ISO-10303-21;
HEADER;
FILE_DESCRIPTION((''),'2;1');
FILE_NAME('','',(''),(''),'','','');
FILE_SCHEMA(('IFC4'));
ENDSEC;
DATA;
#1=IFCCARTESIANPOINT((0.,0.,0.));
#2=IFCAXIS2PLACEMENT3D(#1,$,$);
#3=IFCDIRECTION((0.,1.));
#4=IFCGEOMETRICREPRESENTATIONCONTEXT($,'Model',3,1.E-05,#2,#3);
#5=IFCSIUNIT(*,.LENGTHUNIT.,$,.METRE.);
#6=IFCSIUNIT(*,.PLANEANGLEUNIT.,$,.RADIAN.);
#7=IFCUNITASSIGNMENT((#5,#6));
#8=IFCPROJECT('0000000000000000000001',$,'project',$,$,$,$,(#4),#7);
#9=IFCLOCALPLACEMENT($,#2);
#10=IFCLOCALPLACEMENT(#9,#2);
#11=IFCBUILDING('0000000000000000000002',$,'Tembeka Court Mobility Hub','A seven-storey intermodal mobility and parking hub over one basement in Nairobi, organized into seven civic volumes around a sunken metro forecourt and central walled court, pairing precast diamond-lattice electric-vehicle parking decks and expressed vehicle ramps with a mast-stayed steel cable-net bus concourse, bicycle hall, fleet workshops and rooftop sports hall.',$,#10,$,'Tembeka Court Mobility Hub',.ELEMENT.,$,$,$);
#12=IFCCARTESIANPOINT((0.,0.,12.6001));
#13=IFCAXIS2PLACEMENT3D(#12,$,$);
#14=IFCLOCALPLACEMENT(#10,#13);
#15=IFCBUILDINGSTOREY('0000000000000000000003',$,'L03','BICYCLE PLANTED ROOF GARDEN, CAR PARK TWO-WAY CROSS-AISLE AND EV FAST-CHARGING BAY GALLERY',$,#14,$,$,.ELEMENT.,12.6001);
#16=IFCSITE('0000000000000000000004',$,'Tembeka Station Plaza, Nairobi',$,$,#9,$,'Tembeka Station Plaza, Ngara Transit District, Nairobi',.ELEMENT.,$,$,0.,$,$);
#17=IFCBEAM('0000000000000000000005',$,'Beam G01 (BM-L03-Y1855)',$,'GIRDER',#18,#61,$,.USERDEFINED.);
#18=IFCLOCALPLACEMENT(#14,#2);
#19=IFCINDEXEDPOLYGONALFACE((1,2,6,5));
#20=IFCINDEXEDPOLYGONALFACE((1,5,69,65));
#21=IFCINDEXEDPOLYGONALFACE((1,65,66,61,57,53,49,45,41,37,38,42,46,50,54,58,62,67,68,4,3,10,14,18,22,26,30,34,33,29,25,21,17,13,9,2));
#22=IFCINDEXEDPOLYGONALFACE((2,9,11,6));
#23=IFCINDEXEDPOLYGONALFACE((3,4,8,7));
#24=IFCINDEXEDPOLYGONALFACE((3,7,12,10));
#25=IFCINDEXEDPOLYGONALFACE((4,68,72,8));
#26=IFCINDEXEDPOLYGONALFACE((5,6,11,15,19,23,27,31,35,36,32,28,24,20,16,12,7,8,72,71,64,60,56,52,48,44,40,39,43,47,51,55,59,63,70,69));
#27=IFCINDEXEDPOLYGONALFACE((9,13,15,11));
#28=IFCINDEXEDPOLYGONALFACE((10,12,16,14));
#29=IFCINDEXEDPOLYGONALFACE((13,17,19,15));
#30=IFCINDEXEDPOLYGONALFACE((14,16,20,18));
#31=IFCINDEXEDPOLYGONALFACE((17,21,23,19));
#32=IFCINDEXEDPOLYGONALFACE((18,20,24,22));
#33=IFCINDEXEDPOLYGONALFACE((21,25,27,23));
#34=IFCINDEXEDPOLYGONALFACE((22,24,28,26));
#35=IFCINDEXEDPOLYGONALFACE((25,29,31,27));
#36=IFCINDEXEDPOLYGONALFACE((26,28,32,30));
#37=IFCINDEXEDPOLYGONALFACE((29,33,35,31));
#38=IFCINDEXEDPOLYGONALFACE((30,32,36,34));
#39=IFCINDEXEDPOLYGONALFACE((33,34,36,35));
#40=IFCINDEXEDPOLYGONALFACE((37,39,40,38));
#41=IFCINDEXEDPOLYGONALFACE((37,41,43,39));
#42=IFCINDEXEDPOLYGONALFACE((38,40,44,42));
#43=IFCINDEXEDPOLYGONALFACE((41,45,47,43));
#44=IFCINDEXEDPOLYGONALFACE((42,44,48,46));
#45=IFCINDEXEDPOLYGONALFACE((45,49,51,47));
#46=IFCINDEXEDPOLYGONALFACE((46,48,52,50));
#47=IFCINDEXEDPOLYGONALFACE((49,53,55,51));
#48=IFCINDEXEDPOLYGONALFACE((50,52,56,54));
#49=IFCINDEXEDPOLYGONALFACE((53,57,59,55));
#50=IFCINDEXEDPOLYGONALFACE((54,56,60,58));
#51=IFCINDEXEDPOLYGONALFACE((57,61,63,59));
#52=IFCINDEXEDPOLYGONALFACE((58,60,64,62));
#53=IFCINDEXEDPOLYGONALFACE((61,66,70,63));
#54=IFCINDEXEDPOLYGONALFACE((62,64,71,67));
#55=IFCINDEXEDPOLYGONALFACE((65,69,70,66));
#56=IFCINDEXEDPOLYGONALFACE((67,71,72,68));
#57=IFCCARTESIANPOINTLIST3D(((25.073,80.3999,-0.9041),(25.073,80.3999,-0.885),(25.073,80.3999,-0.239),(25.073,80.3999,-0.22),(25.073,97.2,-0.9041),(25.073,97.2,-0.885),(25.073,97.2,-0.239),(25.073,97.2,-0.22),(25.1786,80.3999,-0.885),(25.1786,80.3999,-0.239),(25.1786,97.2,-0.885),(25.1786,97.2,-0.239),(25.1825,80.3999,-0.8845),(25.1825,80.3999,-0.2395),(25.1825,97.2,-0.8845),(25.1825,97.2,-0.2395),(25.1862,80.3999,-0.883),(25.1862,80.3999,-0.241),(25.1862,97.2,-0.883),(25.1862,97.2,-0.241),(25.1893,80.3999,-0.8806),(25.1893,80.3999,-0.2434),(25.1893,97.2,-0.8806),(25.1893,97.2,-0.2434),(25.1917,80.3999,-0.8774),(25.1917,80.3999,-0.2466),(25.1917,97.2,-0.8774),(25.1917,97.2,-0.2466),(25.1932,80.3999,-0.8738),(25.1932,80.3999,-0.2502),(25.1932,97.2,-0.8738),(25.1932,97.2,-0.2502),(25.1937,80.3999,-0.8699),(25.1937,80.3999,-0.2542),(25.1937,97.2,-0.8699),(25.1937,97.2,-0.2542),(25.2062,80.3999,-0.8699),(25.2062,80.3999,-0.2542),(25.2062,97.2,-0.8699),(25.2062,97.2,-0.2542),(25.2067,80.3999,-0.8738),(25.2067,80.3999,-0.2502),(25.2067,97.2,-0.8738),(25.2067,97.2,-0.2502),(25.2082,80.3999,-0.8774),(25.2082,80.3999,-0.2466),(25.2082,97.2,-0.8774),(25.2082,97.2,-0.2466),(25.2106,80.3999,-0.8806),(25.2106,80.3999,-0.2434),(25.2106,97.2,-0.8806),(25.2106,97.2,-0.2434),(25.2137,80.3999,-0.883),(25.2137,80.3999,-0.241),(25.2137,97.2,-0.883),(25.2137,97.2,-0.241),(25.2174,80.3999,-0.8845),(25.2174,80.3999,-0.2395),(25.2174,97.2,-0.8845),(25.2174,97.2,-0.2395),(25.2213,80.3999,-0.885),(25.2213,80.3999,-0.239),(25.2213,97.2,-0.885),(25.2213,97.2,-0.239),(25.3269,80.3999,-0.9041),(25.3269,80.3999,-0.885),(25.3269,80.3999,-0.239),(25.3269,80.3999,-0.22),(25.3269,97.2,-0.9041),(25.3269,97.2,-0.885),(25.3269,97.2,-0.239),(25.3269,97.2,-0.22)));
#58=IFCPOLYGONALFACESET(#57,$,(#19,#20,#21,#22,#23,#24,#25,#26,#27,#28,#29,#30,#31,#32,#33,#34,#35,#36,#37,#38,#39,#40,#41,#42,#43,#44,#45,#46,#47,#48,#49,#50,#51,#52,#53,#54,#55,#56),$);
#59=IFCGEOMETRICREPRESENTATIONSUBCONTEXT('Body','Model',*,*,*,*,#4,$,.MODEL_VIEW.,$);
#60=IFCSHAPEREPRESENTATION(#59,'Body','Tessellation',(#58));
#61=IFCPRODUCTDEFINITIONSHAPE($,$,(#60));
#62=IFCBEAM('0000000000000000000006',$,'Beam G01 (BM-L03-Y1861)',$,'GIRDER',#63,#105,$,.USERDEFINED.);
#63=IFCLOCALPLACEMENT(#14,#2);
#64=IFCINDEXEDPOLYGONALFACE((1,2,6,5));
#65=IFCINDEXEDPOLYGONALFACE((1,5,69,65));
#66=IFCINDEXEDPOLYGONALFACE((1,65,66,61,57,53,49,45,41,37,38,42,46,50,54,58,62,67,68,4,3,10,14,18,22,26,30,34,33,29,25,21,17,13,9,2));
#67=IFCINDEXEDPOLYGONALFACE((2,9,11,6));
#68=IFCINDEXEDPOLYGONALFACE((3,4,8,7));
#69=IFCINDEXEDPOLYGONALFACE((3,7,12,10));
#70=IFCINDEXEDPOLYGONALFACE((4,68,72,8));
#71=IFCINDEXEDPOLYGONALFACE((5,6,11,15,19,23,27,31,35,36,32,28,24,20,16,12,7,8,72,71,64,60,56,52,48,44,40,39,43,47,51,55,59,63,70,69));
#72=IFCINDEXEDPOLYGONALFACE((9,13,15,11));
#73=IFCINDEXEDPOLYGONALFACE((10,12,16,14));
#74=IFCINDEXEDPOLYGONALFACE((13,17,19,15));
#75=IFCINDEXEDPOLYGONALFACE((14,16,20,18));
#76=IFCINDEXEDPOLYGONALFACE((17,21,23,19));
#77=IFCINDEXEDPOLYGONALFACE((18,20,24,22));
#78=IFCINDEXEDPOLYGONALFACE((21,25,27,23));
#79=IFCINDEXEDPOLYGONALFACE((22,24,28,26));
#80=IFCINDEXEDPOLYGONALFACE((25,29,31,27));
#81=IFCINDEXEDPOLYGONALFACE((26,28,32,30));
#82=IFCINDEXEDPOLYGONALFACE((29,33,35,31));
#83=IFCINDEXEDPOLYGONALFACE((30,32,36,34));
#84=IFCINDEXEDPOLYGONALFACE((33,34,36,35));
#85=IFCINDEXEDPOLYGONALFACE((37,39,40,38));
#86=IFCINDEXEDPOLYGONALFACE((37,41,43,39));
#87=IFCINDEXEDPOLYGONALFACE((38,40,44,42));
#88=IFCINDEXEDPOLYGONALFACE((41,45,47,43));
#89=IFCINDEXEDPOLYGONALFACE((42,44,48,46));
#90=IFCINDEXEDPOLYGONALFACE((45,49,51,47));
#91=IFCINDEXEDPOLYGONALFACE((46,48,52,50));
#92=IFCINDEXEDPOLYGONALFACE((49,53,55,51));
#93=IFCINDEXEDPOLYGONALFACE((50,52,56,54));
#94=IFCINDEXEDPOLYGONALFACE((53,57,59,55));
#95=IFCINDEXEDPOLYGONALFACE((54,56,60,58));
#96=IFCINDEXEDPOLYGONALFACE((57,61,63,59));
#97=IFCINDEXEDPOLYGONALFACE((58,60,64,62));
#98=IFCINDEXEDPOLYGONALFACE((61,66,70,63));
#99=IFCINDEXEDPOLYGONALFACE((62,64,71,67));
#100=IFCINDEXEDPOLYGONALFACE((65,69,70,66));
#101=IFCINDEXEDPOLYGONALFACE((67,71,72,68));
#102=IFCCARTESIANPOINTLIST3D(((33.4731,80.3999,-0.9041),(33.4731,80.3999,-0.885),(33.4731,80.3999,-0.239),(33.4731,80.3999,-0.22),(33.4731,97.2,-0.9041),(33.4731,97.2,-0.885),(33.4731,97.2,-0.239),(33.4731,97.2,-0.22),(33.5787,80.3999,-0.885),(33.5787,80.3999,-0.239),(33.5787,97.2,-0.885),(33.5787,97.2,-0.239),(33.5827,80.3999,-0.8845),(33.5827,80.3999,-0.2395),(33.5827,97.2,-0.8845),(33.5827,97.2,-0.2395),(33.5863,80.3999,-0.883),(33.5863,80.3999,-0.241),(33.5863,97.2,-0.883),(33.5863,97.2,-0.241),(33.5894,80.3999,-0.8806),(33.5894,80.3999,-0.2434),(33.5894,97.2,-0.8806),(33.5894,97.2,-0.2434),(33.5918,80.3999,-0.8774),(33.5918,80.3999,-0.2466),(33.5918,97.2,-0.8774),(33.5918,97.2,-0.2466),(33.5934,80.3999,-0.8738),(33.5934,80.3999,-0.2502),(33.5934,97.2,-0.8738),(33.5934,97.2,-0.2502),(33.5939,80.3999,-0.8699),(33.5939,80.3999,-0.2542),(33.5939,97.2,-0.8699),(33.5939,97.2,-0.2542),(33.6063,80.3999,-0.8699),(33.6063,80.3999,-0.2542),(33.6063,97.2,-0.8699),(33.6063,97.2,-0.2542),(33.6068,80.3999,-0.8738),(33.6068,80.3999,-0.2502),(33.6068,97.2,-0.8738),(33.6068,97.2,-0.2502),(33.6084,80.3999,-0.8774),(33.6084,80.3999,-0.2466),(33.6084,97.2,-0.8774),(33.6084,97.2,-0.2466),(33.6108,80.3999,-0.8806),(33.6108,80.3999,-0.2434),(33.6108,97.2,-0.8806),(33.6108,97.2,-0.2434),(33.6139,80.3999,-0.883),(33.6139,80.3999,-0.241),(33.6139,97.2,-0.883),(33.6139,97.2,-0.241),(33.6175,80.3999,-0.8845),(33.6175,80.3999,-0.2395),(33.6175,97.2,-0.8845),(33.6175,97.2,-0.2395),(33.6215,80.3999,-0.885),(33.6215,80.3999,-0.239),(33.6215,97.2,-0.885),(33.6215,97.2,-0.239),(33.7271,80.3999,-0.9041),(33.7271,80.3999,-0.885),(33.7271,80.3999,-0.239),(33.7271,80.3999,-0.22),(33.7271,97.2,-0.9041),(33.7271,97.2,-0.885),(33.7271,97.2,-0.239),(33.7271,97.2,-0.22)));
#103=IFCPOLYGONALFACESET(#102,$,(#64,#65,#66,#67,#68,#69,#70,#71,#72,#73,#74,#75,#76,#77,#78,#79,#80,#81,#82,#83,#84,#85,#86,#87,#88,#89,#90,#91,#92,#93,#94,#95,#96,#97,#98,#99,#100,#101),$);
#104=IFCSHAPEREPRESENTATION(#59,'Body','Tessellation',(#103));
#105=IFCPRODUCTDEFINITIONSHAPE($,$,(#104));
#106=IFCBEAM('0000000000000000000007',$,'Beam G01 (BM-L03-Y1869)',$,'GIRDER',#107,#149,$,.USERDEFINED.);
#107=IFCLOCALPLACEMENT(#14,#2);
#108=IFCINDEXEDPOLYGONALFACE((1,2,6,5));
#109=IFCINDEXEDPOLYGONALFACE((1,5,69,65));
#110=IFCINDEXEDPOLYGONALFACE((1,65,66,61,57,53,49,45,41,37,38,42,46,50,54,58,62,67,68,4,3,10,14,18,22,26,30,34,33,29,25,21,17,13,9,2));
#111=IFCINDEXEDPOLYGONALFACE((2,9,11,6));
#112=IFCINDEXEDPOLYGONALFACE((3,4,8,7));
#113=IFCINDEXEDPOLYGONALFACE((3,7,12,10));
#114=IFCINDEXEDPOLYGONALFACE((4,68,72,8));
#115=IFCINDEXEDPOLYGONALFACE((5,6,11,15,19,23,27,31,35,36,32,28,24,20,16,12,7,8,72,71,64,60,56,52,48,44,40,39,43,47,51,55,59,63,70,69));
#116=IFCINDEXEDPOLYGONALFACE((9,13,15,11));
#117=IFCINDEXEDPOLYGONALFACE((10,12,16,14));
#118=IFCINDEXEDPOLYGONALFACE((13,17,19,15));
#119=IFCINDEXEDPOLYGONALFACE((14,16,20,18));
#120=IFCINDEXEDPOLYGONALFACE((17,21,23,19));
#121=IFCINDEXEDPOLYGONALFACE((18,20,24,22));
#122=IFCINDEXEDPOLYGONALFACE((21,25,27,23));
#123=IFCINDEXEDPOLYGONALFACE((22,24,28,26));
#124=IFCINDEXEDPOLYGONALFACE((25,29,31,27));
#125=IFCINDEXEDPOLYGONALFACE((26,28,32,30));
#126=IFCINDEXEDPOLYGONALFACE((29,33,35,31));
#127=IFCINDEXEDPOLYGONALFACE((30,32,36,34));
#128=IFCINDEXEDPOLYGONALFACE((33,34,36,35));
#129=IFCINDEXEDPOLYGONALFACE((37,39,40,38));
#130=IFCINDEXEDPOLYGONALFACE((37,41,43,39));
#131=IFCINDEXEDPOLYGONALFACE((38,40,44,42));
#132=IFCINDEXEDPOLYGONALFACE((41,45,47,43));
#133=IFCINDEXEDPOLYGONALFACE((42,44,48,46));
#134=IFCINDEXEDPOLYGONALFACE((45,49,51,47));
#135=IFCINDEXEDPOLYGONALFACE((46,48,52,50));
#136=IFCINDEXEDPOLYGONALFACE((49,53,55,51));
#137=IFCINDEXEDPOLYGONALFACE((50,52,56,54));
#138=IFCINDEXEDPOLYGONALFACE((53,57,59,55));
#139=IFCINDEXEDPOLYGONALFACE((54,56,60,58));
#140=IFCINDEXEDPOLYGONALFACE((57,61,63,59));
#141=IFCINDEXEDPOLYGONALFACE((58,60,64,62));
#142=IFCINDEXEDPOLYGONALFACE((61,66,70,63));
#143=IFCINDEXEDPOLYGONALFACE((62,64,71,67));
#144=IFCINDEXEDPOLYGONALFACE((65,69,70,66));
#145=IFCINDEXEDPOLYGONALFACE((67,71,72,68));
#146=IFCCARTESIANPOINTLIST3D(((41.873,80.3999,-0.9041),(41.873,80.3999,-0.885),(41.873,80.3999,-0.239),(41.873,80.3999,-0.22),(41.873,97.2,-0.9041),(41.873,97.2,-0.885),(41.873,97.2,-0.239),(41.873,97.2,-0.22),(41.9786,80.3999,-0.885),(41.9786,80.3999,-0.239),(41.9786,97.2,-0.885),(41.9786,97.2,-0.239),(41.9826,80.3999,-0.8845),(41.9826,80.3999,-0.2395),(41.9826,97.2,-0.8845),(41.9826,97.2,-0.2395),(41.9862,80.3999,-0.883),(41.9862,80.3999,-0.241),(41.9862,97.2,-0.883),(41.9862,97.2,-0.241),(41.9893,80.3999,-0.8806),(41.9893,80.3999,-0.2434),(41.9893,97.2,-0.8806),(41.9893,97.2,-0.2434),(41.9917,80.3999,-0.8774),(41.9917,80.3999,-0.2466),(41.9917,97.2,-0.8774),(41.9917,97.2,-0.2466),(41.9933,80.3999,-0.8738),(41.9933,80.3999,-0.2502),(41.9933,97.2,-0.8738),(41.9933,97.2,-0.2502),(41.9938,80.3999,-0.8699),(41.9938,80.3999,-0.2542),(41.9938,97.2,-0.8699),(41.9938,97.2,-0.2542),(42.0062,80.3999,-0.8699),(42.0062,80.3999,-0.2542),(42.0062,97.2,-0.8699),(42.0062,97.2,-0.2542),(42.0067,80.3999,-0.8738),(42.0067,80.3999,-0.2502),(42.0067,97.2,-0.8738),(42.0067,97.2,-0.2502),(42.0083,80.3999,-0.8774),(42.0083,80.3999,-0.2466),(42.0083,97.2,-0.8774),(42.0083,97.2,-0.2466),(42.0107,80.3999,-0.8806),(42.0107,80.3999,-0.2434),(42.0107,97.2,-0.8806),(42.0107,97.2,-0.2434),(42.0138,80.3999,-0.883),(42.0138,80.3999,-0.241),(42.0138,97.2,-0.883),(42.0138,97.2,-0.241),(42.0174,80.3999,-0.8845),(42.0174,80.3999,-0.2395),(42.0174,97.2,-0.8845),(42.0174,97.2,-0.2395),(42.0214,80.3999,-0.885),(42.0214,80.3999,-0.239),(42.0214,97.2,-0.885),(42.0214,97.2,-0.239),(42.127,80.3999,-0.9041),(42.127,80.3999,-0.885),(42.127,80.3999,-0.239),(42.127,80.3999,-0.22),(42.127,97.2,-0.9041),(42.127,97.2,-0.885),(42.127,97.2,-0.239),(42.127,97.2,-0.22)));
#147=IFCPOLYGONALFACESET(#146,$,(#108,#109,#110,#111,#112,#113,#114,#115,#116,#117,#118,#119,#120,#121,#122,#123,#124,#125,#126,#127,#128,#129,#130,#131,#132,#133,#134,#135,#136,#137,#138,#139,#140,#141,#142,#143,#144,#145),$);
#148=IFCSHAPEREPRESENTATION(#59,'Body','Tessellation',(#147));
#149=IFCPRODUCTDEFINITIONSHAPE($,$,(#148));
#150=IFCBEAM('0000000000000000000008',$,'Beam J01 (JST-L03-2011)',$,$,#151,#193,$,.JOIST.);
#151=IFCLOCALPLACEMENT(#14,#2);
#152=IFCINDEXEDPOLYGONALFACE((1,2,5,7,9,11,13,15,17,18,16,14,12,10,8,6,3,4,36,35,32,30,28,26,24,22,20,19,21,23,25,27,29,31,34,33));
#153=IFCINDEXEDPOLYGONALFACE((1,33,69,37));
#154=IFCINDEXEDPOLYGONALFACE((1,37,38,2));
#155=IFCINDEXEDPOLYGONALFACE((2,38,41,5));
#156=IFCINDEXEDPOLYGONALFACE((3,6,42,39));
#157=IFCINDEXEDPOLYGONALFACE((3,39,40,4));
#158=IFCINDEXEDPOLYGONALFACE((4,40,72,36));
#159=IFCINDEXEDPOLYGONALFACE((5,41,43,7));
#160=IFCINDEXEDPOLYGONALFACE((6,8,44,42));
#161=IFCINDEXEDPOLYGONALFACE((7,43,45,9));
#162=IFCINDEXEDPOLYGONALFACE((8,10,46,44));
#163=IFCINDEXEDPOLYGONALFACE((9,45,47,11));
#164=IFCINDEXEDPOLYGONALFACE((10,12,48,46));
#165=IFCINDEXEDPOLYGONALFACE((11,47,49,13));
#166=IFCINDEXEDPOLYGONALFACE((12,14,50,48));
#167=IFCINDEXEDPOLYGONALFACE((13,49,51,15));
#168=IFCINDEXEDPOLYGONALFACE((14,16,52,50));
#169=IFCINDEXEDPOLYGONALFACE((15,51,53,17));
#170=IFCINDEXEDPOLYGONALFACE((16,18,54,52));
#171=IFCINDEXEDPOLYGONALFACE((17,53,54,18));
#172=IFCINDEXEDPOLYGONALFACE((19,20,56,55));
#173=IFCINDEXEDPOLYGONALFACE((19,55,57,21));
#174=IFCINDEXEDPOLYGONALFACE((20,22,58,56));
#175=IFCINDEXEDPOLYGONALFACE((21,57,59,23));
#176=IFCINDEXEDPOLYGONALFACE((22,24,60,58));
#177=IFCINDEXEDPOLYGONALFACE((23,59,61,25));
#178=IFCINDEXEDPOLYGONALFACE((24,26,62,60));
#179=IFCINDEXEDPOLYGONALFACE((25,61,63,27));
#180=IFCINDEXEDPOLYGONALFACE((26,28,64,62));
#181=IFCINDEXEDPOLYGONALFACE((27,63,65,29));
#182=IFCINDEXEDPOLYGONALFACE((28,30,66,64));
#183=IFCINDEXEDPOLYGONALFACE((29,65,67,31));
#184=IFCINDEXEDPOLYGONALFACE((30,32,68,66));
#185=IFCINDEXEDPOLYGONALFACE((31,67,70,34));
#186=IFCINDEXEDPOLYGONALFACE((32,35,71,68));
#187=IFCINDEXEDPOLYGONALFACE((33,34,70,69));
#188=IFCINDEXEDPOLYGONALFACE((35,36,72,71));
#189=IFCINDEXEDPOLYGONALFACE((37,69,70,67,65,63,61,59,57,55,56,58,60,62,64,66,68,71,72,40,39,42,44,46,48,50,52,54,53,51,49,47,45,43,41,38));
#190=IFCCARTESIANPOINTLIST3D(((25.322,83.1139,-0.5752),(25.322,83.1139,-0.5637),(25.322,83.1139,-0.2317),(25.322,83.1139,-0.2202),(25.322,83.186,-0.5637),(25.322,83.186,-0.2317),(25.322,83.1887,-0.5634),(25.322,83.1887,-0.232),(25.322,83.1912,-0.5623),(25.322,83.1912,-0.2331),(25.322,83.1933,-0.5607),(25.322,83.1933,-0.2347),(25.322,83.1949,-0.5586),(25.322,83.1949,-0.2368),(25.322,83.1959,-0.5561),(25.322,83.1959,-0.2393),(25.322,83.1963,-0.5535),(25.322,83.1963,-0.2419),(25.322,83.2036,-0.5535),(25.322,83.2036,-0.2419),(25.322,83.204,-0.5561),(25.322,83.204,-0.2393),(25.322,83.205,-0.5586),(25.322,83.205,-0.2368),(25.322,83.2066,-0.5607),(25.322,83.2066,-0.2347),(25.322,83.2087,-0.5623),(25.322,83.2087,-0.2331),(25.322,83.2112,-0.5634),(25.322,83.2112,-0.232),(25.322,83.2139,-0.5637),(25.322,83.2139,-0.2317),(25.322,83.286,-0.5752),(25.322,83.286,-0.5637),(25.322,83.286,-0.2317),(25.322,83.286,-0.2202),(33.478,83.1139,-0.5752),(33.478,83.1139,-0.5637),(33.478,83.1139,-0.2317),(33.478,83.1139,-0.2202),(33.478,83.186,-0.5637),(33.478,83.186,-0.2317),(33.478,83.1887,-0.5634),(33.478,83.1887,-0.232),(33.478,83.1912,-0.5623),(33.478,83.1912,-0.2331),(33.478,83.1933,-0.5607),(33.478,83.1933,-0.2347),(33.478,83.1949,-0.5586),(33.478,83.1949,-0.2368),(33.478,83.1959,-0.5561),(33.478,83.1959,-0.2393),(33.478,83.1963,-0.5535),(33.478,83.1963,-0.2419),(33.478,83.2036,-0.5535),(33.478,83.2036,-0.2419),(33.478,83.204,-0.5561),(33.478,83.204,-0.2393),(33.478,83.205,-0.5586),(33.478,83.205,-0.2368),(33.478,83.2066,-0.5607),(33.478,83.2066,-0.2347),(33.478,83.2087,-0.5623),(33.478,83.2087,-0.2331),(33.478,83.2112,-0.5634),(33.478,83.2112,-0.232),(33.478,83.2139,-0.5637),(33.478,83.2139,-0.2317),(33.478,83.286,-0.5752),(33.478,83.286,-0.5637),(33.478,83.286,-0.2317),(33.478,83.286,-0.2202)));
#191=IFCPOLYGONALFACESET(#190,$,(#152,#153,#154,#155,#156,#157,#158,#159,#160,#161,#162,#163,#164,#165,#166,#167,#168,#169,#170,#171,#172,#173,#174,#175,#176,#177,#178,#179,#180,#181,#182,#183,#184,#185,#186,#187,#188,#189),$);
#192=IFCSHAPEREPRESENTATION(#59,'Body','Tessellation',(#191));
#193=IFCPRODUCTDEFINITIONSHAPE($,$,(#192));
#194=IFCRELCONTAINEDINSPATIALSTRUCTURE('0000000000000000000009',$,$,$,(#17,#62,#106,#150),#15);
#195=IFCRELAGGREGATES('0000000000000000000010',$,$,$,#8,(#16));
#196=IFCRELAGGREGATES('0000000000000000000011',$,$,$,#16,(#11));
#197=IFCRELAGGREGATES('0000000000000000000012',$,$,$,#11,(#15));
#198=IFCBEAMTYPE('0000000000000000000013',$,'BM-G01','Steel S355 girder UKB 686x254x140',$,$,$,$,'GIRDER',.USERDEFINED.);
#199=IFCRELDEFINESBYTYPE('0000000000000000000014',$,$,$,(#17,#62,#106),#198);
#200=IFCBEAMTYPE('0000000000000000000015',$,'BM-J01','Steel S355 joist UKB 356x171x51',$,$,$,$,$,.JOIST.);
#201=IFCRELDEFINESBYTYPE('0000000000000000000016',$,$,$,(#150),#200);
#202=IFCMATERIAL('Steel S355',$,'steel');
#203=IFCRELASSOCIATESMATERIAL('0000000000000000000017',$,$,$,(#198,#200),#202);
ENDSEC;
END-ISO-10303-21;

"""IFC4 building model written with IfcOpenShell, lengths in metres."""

from ifc_helpers import new_model, si_unit, direction, frame, origin, origin_2d, place, context, subcontext, project, spatial, i_section, extrude, material, material_profile, profile_set, type_object, element, save


model = new_model("IFC4")

# Units and contexts
model_context = context("Model", 3, precision=1e-05, world=origin(), true_north=direction((0.0, 1.0)))
body_context = subcontext(model_context, "Body", "Model", "MODEL_VIEW")
ifc_project = project(units=[si_unit("LENGTHUNIT", "METRE"), si_unit("PLANEANGLEUNIT", "RADIAN")], contexts=[model_context])

# Site, building, storey
site_placement = place(None, origin())
site = spatial("IfcSite", under=ifc_project, at=site_placement, Name="Tembeka Station Plaza, Nairobi", LongName="Tembeka Station Plaza, Ngara Transit District, Nairobi", CompositionType="ELEMENT", RefElevation=0.0)
building_placement = place(site_placement, origin())
building = spatial("IfcBuilding", under=site, at=building_placement, Name="Tembeka Court Mobility Hub", Description="A seven-storey intermodal mobility and parking hub over one basement in Nairobi, organized into seven civic volumes around a sunken metro forecourt and central walled court, pairing precast diamond-lattice electric-vehicle parking decks and expressed vehicle ramps with a mast-stayed steel cable-net bus concourse, bicycle hall, fleet workshops and rooftop sports hall.", LongName="Tembeka Court Mobility Hub", CompositionType="ELEMENT")
storey_placement = place(building_placement, frame((0.0, 0.0, 12.6001)))
storey = spatial("IfcBuildingStorey", under=building, at=storey_placement, Name="L03", Description="BICYCLE PLANTED ROOF GARDEN, CAR PARK TWO-WAY CROSS-AISLE AND EV FAST-CHARGING BAY GALLERY", CompositionType="ELEMENT", Elevation=12.6001)

# Shared definitions
ifc_material_1 = material(Name="Steel S355", Category="steel")

# Beams
ifc_material_profile_1 = material_profile(ifc_material_1, i_section(OverallWidth=0.2539, OverallDepth=0.6841, WebThickness=0.0125, FlangeThickness=0.019, FilletRadius=0.0151, at=origin_2d()), Name="UKB 686x254x140")
ifc_profile_set_1 = profile_set([ifc_material_profile_1], Name="Steel S355")
beam_type_1 = type_object("IfcBeamType", Name="BM-G01", Description="Steel S355 girder UKB 686x254x140", ElementType="GIRDER", PredefinedType="USERDEFINED", material=ifc_profile_set_1)
for number, where, z_axis, x_axis, name in (
    (1, (25.2, 80.3999, -0.562), (0.0, 1.0, 0.0), (-1.0, 0.0, 0.0), "Beam G01 (BM-L03-Y1855)"),
    (2, (33.6001, 80.3999, -0.562), (0.0, 1.0, 0.0), (-1.0, 0.0, 0.0), "Beam G01 (BM-L03-Y1861)"),
    (3, (42.0, 80.3999, -0.562), (0.0, 1.0, 0.0), (-1.0, 0.0, 0.0), "Beam G01 (BM-L03-Y1869)"),
):
    element("IfcBeam", number, at=place(storey_placement, frame(where, z_axis=z_axis, x_axis=x_axis)), inside=storey, type_object=beam_type_1, Name=name, ObjectType="GIRDER", PredefinedType="USERDEFINED", context=body_context, shape_type="SweptSolid", body=[
        extrude(i_section(OverallWidth=0.2539, OverallDepth=0.6841, WebThickness=0.0125, FlangeThickness=0.019, FilletRadius=0.0151, at=origin_2d()), origin(), (0.0, 0.0, 1.0), 16.8),
    ])
ifc_material_profile_2 = material_profile(ifc_material_1, i_section(OverallWidth=0.1721, OverallDepth=0.355, WebThickness=0.0073, FlangeThickness=0.0115, FilletRadius=0.0103, at=origin_2d()), Name="UKB 356x171x51")
ifc_profile_set_2 = profile_set([ifc_material_profile_2], Name="Steel S355")
beam_type_2 = type_object("IfcBeamType", Name="BM-J01", Description="Steel S355 joist UKB 356x171x51", PredefinedType="JOIST", material=ifc_profile_set_2)
for number, where, z_axis, x_axis, name in (
    (4, (25.322, 83.2, -0.3977), (1.0, 0.0, 0.0), (0.0, 1.0, 0.0), "Beam J01 (JST-L03-2011)"),
):
    element("IfcBeam", number, at=place(storey_placement, frame(where, z_axis=z_axis, x_axis=x_axis)), inside=storey, type_object=beam_type_2, Name=name, PredefinedType="JOIST", context=body_context, shape_type="SweptSolid", body=[
        extrude(i_section(OverallWidth=0.1721, OverallDepth=0.355, WebThickness=0.0073, FlangeThickness=0.0115, FilletRadius=0.0103, at=origin_2d()), origin(), (0.0, 0.0, 1.0), 8.156),
    ])

save(model, "model.ifc")
